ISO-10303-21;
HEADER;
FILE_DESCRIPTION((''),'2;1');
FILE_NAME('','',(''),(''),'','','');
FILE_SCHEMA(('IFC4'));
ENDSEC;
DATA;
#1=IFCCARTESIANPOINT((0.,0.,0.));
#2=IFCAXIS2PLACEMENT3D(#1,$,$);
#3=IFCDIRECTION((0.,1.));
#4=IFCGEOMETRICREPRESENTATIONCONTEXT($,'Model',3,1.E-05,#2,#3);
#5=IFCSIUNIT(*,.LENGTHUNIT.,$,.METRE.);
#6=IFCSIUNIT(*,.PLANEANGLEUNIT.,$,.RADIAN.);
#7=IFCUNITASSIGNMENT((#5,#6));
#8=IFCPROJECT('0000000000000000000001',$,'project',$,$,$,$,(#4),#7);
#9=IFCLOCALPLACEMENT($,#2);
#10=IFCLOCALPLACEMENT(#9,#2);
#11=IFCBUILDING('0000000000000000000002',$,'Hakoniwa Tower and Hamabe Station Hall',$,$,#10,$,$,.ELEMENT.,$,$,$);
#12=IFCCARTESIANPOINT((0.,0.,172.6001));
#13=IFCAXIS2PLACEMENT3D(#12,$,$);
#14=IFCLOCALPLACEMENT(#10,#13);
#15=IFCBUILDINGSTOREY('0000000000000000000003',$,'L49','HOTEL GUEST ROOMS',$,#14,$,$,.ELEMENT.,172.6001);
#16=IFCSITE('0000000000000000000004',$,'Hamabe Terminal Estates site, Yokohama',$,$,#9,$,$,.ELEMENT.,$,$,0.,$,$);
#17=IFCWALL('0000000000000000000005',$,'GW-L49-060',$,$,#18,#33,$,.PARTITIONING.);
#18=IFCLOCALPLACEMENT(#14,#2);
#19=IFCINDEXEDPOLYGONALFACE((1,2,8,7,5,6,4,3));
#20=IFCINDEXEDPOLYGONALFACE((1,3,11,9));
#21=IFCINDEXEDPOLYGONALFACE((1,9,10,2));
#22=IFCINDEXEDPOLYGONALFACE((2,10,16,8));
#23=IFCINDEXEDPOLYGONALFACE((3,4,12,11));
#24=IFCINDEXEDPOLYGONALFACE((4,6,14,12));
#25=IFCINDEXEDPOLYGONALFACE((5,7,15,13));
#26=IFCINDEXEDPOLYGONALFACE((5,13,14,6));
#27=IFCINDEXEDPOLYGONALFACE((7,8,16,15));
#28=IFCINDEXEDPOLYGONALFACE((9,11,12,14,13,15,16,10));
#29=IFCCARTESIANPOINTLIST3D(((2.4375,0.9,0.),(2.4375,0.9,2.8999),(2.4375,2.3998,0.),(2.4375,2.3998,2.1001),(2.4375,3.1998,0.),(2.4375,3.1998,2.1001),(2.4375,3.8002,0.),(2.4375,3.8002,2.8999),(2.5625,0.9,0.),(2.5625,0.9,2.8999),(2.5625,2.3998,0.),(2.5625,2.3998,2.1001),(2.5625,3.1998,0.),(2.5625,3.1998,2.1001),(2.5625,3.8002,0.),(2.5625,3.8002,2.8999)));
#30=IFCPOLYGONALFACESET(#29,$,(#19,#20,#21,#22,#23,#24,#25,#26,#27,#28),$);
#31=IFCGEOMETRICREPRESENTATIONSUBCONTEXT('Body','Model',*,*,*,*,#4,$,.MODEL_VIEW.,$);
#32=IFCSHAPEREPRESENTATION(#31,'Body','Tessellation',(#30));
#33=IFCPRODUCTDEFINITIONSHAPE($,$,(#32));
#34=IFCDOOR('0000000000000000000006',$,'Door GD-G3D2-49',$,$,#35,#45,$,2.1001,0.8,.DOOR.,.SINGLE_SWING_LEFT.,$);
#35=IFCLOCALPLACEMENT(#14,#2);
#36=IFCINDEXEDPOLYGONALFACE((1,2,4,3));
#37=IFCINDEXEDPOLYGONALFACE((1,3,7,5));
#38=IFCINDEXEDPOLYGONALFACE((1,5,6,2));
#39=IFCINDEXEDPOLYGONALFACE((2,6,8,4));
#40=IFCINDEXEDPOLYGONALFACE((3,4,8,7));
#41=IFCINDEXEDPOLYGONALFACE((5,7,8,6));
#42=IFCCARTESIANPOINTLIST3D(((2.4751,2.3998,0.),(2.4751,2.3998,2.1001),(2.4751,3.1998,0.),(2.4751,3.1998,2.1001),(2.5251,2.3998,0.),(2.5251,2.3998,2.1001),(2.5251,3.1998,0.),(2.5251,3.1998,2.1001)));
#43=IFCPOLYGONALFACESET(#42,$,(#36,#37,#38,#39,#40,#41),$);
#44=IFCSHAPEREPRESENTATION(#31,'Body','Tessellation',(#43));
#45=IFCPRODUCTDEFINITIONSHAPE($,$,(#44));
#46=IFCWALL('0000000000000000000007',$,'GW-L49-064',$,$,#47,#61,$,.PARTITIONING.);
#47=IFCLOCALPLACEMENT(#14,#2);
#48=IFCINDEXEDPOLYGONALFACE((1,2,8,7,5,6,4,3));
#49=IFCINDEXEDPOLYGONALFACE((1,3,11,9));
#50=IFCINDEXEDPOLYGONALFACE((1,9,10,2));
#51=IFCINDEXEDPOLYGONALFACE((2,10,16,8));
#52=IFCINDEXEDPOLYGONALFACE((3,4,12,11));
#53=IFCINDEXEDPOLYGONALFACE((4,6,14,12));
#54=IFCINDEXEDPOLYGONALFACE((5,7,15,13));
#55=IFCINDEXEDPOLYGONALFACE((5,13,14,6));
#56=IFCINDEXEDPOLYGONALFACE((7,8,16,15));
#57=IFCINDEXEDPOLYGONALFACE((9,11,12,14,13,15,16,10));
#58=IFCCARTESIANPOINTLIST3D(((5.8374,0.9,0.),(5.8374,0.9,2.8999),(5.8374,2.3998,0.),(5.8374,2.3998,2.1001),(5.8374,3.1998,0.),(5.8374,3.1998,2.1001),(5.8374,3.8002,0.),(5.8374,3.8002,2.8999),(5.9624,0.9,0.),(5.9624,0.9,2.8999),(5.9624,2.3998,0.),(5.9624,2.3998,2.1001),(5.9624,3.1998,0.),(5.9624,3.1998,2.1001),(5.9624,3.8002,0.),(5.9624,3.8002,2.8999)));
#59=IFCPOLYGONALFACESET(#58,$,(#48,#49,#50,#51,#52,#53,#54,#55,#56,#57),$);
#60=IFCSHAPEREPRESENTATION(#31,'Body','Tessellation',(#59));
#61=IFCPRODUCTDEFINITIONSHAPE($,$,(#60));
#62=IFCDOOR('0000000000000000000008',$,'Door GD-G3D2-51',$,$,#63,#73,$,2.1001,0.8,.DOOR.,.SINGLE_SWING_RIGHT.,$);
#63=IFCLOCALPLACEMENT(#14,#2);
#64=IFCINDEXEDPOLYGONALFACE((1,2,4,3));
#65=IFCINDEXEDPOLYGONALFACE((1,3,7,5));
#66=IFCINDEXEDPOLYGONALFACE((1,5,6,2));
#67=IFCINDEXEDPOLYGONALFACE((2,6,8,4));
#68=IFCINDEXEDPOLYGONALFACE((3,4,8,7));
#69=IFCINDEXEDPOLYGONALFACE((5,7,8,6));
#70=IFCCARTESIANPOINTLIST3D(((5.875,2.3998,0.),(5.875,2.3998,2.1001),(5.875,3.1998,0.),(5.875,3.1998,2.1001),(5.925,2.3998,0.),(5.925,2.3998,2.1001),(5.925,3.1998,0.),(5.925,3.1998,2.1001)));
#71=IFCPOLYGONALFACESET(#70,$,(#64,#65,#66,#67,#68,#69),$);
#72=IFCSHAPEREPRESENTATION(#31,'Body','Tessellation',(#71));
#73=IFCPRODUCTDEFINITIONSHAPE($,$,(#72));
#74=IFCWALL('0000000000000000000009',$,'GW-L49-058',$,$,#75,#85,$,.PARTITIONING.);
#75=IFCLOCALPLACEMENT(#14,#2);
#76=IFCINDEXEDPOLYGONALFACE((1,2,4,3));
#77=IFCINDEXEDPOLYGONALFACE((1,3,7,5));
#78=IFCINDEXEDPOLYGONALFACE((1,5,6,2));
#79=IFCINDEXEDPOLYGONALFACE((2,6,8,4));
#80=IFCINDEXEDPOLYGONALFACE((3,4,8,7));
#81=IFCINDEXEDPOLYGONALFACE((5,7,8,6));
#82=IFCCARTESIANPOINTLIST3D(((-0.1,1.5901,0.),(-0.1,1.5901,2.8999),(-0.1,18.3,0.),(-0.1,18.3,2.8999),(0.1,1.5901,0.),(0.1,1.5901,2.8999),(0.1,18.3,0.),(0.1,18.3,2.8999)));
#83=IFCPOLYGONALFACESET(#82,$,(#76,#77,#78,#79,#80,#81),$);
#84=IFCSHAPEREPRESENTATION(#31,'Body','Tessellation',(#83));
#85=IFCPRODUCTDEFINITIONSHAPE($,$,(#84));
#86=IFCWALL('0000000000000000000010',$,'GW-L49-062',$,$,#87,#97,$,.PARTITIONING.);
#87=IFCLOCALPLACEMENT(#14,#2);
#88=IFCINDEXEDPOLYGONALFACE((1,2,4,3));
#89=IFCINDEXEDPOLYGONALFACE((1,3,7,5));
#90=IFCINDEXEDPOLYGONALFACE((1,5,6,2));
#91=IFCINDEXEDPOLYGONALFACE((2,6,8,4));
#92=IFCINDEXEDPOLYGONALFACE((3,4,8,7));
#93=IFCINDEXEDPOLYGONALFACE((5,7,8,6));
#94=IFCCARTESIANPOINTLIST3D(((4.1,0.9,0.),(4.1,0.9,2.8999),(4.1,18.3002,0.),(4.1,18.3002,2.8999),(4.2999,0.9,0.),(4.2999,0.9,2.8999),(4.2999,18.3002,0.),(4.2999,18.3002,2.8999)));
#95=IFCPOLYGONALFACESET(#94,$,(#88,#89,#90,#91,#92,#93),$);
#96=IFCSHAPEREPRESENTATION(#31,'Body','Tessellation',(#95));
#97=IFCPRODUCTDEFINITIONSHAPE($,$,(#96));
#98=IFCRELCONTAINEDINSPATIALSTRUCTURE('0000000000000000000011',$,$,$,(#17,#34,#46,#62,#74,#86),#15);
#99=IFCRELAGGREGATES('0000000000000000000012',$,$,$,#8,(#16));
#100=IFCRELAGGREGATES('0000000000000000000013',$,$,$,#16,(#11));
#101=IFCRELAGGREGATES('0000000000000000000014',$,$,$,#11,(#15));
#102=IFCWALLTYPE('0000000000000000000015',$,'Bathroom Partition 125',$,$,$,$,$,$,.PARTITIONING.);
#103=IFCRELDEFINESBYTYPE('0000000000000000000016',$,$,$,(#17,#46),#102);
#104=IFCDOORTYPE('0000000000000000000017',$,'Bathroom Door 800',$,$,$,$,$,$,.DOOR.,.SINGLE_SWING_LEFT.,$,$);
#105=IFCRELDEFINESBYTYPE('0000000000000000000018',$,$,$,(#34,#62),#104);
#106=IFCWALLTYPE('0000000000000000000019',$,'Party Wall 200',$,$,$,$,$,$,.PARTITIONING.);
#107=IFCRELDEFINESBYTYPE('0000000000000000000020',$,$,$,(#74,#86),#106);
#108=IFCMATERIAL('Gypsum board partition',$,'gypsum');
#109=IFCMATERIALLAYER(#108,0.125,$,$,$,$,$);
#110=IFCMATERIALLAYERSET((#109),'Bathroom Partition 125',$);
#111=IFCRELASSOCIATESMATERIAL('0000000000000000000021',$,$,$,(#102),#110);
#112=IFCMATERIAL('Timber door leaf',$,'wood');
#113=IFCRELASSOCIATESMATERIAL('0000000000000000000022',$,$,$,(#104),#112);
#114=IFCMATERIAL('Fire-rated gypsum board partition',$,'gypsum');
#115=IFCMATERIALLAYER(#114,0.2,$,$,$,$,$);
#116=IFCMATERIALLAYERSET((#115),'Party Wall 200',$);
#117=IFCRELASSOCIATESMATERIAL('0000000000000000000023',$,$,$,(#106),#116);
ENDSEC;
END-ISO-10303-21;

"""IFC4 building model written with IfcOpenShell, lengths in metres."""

from ifc_helpers import new_model, si_unit, direction, frame, frame_2d, origin, place, context, subcontext, project, spatial, rectangle, extrude, material, layer, layer_set, type_object, element, fill, save


model = new_model("IFC4")

# Units and contexts
model_context = context("Model", 3, precision=1e-05, world=origin(), true_north=direction((0.0, 1.0)))
body_context = subcontext(model_context, "Body", "Model", "MODEL_VIEW")
ifc_project = project(units=[si_unit("LENGTHUNIT", "METRE"), si_unit("PLANEANGLEUNIT", "RADIAN")], contexts=[model_context])

# Site, building, storey
site_placement = place(None, origin())
site = spatial("IfcSite", under=ifc_project, at=site_placement, Name="Hamabe Terminal Estates site, Yokohama", CompositionType="ELEMENT", RefElevation=0.0)
building_placement = place(site_placement, origin())
building = spatial("IfcBuilding", under=site, at=building_placement, Name="Hakoniwa Tower and Hamabe Station Hall", CompositionType="ELEMENT")
storey_placement = place(building_placement, frame((0.0, 0.0, 172.6001)))
storey = spatial("IfcBuildingStorey", under=building, at=storey_placement, Name="L49", Description="HOTEL GUEST ROOMS", CompositionType="ELEMENT", Elevation=172.6001)

# Shared definitions
ifc_material_1 = material(Name="Gypsum board partition", Category="gypsum")
ifc_layer_1 = layer(ifc_material_1, 0.125)
ifc_layer_set_1 = layer_set([ifc_layer_1], Name="Bathroom Partition 125")
wall_type_1 = type_object("IfcWallType", Name="Bathroom Partition 125", PredefinedType="PARTITIONING", material=ifc_layer_set_1)

# Walls, openings, doors
wall_1_placement = place(storey_placement, frame((2.5, 0.8999, 0.0), z_axis=(0.0, 0.0, 1.0), x_axis=(0.0, 1.0, 0.0)))
wall_1 = element("IfcWall", 1, at=wall_1_placement, inside=storey, type_object=wall_type_1, Name="GW-L49-060", PredefinedType="PARTITIONING", context=body_context, shape_type="SweptSolid", body=[
    extrude(rectangle(XDim=2.9001, YDim=0.125, at=frame_2d((1.4502, 0.0))), origin(), (0.0, 0.0, 1.0), 2.8999),
])
opening_1_placement = place(wall_1_placement, frame((1.5, 0.0, 0.0)))
opening_1 = element("IfcOpeningElement", 2, at=opening_1_placement, cuts=wall_1, PredefinedType="OPENING", context=body_context, shape_type="SweptSolid", body=[
    extrude(rectangle(XDim=0.8, YDim=2.1001, at=frame_2d((0.3999, 1.05))), frame((0.0, 0.0725, 0.0), z_axis=(0.0, -1.0, 0.0), x_axis=(1.0, 0.0, 0.0)), (0.0, 0.0, 1.0), 0.145),
])
ifc_material_2 = material(Name="Timber door leaf", Category="wood")
door_type = type_object("IfcDoorType", Name="Bathroom Door 800", OperationType="SINGLE_SWING_LEFT", PredefinedType="DOOR", material=ifc_material_2)
door_1_placement = place(opening_1_placement, origin())
door_1 = element("IfcDoor", 3, at=door_1_placement, inside=storey, type_object=door_type, Name="Door GD-G3D2-49", OperationType="SINGLE_SWING_LEFT", OverallHeight=2.1001, OverallWidth=0.8, PredefinedType="DOOR", context=body_context, shape_type="SweptSolid", body=[
    extrude(rectangle(XDim=0.8, YDim=2.1001, at=frame_2d((0.3999, 1.05))), frame((0.0, 0.0249, 0.0), z_axis=(0.0, -1.0, 0.0), x_axis=(1.0, 0.0, 0.0)), (0.0, 0.0, 1.0), 0.05),
])
fill(opening_1, door_1)
wall_2_placement = place(storey_placement, frame((5.8999, 0.8999, 0.0), z_axis=(0.0, 0.0, 1.0), x_axis=(0.0, 1.0, 0.0)))
wall_2 = element("IfcWall", 4, at=wall_2_placement, inside=storey, type_object=wall_type_1, Name="GW-L49-064", PredefinedType="PARTITIONING", context=body_context, shape_type="SweptSolid", body=[
    extrude(rectangle(XDim=2.9001, YDim=0.125, at=frame_2d((1.4502, 0.0))), origin(), (0.0, 0.0, 1.0), 2.8999),
])
opening_2_placement = place(wall_2_placement, frame((1.5, 0.0, 0.0)))
opening_2 = element("IfcOpeningElement", 5, at=opening_2_placement, cuts=wall_2, PredefinedType="OPENING", context=body_context, shape_type="SweptSolid", body=[
    extrude(rectangle(XDim=0.8, YDim=2.1001, at=frame_2d((0.3999, 1.05))), frame((0.0, 0.0725, 0.0), z_axis=(0.0, -1.0, 0.0), x_axis=(1.0, 0.0, 0.0)), (0.0, 0.0, 1.0), 0.145),
])
door_2_placement = place(opening_2_placement, origin())
door_2 = element("IfcDoor", 6, at=door_2_placement, inside=storey, type_object=door_type, Name="Door GD-G3D2-51", OperationType="SINGLE_SWING_RIGHT", OverallHeight=2.1001, OverallWidth=0.8, PredefinedType="DOOR", context=body_context, shape_type="SweptSolid", body=[
    extrude(rectangle(XDim=0.8, YDim=2.1001, at=frame_2d((0.3999, 1.05))), frame((0.0, 0.0249, 0.0), z_axis=(0.0, -1.0, 0.0), x_axis=(1.0, 0.0, 0.0)), (0.0, 0.0, 1.0), 0.05),
])
fill(opening_2, door_2)

# Walls
ifc_material_3 = material(Name="Fire-rated gypsum board partition", Category="gypsum")
ifc_layer_2 = layer(ifc_material_3, 0.2)
ifc_layer_set_2 = layer_set([ifc_layer_2], Name="Party Wall 200")
wall_type_2 = type_object("IfcWallType", Name="Party Wall 200", PredefinedType="PARTITIONING", material=ifc_layer_set_2)
wall_3_placement = place(storey_placement, frame((0.0, 1.5901, 0.0), z_axis=(0.0, 0.0, 1.0), x_axis=(0.0, 1.0, 0.0)))
element("IfcWall", 7, at=wall_3_placement, inside=storey, type_object=wall_type_2, Name="GW-L49-058", PredefinedType="PARTITIONING", context=body_context, shape_type="SweptSolid", body=[
    extrude(rectangle(XDim=16.71, YDim=0.2, at=frame_2d((8.355, 0.0))), origin(), (0.0, 0.0, 1.0), 2.8999),
])
wall_4_placement = place(storey_placement, frame((4.2, 0.8999, 0.0), z_axis=(0.0, 0.0, 1.0), x_axis=(0.0, 1.0, 0.0)))
element("IfcWall", 8, at=wall_4_placement, inside=storey, type_object=wall_type_2, Name="GW-L49-062", PredefinedType="PARTITIONING", context=body_context, shape_type="SweptSolid", body=[
    extrude(rectangle(XDim=17.4001, YDim=0.2, at=frame_2d((8.7002, 0.0))), origin(), (0.0, 0.0, 1.0), 2.8999),
])

save(model, "model.ifc")
